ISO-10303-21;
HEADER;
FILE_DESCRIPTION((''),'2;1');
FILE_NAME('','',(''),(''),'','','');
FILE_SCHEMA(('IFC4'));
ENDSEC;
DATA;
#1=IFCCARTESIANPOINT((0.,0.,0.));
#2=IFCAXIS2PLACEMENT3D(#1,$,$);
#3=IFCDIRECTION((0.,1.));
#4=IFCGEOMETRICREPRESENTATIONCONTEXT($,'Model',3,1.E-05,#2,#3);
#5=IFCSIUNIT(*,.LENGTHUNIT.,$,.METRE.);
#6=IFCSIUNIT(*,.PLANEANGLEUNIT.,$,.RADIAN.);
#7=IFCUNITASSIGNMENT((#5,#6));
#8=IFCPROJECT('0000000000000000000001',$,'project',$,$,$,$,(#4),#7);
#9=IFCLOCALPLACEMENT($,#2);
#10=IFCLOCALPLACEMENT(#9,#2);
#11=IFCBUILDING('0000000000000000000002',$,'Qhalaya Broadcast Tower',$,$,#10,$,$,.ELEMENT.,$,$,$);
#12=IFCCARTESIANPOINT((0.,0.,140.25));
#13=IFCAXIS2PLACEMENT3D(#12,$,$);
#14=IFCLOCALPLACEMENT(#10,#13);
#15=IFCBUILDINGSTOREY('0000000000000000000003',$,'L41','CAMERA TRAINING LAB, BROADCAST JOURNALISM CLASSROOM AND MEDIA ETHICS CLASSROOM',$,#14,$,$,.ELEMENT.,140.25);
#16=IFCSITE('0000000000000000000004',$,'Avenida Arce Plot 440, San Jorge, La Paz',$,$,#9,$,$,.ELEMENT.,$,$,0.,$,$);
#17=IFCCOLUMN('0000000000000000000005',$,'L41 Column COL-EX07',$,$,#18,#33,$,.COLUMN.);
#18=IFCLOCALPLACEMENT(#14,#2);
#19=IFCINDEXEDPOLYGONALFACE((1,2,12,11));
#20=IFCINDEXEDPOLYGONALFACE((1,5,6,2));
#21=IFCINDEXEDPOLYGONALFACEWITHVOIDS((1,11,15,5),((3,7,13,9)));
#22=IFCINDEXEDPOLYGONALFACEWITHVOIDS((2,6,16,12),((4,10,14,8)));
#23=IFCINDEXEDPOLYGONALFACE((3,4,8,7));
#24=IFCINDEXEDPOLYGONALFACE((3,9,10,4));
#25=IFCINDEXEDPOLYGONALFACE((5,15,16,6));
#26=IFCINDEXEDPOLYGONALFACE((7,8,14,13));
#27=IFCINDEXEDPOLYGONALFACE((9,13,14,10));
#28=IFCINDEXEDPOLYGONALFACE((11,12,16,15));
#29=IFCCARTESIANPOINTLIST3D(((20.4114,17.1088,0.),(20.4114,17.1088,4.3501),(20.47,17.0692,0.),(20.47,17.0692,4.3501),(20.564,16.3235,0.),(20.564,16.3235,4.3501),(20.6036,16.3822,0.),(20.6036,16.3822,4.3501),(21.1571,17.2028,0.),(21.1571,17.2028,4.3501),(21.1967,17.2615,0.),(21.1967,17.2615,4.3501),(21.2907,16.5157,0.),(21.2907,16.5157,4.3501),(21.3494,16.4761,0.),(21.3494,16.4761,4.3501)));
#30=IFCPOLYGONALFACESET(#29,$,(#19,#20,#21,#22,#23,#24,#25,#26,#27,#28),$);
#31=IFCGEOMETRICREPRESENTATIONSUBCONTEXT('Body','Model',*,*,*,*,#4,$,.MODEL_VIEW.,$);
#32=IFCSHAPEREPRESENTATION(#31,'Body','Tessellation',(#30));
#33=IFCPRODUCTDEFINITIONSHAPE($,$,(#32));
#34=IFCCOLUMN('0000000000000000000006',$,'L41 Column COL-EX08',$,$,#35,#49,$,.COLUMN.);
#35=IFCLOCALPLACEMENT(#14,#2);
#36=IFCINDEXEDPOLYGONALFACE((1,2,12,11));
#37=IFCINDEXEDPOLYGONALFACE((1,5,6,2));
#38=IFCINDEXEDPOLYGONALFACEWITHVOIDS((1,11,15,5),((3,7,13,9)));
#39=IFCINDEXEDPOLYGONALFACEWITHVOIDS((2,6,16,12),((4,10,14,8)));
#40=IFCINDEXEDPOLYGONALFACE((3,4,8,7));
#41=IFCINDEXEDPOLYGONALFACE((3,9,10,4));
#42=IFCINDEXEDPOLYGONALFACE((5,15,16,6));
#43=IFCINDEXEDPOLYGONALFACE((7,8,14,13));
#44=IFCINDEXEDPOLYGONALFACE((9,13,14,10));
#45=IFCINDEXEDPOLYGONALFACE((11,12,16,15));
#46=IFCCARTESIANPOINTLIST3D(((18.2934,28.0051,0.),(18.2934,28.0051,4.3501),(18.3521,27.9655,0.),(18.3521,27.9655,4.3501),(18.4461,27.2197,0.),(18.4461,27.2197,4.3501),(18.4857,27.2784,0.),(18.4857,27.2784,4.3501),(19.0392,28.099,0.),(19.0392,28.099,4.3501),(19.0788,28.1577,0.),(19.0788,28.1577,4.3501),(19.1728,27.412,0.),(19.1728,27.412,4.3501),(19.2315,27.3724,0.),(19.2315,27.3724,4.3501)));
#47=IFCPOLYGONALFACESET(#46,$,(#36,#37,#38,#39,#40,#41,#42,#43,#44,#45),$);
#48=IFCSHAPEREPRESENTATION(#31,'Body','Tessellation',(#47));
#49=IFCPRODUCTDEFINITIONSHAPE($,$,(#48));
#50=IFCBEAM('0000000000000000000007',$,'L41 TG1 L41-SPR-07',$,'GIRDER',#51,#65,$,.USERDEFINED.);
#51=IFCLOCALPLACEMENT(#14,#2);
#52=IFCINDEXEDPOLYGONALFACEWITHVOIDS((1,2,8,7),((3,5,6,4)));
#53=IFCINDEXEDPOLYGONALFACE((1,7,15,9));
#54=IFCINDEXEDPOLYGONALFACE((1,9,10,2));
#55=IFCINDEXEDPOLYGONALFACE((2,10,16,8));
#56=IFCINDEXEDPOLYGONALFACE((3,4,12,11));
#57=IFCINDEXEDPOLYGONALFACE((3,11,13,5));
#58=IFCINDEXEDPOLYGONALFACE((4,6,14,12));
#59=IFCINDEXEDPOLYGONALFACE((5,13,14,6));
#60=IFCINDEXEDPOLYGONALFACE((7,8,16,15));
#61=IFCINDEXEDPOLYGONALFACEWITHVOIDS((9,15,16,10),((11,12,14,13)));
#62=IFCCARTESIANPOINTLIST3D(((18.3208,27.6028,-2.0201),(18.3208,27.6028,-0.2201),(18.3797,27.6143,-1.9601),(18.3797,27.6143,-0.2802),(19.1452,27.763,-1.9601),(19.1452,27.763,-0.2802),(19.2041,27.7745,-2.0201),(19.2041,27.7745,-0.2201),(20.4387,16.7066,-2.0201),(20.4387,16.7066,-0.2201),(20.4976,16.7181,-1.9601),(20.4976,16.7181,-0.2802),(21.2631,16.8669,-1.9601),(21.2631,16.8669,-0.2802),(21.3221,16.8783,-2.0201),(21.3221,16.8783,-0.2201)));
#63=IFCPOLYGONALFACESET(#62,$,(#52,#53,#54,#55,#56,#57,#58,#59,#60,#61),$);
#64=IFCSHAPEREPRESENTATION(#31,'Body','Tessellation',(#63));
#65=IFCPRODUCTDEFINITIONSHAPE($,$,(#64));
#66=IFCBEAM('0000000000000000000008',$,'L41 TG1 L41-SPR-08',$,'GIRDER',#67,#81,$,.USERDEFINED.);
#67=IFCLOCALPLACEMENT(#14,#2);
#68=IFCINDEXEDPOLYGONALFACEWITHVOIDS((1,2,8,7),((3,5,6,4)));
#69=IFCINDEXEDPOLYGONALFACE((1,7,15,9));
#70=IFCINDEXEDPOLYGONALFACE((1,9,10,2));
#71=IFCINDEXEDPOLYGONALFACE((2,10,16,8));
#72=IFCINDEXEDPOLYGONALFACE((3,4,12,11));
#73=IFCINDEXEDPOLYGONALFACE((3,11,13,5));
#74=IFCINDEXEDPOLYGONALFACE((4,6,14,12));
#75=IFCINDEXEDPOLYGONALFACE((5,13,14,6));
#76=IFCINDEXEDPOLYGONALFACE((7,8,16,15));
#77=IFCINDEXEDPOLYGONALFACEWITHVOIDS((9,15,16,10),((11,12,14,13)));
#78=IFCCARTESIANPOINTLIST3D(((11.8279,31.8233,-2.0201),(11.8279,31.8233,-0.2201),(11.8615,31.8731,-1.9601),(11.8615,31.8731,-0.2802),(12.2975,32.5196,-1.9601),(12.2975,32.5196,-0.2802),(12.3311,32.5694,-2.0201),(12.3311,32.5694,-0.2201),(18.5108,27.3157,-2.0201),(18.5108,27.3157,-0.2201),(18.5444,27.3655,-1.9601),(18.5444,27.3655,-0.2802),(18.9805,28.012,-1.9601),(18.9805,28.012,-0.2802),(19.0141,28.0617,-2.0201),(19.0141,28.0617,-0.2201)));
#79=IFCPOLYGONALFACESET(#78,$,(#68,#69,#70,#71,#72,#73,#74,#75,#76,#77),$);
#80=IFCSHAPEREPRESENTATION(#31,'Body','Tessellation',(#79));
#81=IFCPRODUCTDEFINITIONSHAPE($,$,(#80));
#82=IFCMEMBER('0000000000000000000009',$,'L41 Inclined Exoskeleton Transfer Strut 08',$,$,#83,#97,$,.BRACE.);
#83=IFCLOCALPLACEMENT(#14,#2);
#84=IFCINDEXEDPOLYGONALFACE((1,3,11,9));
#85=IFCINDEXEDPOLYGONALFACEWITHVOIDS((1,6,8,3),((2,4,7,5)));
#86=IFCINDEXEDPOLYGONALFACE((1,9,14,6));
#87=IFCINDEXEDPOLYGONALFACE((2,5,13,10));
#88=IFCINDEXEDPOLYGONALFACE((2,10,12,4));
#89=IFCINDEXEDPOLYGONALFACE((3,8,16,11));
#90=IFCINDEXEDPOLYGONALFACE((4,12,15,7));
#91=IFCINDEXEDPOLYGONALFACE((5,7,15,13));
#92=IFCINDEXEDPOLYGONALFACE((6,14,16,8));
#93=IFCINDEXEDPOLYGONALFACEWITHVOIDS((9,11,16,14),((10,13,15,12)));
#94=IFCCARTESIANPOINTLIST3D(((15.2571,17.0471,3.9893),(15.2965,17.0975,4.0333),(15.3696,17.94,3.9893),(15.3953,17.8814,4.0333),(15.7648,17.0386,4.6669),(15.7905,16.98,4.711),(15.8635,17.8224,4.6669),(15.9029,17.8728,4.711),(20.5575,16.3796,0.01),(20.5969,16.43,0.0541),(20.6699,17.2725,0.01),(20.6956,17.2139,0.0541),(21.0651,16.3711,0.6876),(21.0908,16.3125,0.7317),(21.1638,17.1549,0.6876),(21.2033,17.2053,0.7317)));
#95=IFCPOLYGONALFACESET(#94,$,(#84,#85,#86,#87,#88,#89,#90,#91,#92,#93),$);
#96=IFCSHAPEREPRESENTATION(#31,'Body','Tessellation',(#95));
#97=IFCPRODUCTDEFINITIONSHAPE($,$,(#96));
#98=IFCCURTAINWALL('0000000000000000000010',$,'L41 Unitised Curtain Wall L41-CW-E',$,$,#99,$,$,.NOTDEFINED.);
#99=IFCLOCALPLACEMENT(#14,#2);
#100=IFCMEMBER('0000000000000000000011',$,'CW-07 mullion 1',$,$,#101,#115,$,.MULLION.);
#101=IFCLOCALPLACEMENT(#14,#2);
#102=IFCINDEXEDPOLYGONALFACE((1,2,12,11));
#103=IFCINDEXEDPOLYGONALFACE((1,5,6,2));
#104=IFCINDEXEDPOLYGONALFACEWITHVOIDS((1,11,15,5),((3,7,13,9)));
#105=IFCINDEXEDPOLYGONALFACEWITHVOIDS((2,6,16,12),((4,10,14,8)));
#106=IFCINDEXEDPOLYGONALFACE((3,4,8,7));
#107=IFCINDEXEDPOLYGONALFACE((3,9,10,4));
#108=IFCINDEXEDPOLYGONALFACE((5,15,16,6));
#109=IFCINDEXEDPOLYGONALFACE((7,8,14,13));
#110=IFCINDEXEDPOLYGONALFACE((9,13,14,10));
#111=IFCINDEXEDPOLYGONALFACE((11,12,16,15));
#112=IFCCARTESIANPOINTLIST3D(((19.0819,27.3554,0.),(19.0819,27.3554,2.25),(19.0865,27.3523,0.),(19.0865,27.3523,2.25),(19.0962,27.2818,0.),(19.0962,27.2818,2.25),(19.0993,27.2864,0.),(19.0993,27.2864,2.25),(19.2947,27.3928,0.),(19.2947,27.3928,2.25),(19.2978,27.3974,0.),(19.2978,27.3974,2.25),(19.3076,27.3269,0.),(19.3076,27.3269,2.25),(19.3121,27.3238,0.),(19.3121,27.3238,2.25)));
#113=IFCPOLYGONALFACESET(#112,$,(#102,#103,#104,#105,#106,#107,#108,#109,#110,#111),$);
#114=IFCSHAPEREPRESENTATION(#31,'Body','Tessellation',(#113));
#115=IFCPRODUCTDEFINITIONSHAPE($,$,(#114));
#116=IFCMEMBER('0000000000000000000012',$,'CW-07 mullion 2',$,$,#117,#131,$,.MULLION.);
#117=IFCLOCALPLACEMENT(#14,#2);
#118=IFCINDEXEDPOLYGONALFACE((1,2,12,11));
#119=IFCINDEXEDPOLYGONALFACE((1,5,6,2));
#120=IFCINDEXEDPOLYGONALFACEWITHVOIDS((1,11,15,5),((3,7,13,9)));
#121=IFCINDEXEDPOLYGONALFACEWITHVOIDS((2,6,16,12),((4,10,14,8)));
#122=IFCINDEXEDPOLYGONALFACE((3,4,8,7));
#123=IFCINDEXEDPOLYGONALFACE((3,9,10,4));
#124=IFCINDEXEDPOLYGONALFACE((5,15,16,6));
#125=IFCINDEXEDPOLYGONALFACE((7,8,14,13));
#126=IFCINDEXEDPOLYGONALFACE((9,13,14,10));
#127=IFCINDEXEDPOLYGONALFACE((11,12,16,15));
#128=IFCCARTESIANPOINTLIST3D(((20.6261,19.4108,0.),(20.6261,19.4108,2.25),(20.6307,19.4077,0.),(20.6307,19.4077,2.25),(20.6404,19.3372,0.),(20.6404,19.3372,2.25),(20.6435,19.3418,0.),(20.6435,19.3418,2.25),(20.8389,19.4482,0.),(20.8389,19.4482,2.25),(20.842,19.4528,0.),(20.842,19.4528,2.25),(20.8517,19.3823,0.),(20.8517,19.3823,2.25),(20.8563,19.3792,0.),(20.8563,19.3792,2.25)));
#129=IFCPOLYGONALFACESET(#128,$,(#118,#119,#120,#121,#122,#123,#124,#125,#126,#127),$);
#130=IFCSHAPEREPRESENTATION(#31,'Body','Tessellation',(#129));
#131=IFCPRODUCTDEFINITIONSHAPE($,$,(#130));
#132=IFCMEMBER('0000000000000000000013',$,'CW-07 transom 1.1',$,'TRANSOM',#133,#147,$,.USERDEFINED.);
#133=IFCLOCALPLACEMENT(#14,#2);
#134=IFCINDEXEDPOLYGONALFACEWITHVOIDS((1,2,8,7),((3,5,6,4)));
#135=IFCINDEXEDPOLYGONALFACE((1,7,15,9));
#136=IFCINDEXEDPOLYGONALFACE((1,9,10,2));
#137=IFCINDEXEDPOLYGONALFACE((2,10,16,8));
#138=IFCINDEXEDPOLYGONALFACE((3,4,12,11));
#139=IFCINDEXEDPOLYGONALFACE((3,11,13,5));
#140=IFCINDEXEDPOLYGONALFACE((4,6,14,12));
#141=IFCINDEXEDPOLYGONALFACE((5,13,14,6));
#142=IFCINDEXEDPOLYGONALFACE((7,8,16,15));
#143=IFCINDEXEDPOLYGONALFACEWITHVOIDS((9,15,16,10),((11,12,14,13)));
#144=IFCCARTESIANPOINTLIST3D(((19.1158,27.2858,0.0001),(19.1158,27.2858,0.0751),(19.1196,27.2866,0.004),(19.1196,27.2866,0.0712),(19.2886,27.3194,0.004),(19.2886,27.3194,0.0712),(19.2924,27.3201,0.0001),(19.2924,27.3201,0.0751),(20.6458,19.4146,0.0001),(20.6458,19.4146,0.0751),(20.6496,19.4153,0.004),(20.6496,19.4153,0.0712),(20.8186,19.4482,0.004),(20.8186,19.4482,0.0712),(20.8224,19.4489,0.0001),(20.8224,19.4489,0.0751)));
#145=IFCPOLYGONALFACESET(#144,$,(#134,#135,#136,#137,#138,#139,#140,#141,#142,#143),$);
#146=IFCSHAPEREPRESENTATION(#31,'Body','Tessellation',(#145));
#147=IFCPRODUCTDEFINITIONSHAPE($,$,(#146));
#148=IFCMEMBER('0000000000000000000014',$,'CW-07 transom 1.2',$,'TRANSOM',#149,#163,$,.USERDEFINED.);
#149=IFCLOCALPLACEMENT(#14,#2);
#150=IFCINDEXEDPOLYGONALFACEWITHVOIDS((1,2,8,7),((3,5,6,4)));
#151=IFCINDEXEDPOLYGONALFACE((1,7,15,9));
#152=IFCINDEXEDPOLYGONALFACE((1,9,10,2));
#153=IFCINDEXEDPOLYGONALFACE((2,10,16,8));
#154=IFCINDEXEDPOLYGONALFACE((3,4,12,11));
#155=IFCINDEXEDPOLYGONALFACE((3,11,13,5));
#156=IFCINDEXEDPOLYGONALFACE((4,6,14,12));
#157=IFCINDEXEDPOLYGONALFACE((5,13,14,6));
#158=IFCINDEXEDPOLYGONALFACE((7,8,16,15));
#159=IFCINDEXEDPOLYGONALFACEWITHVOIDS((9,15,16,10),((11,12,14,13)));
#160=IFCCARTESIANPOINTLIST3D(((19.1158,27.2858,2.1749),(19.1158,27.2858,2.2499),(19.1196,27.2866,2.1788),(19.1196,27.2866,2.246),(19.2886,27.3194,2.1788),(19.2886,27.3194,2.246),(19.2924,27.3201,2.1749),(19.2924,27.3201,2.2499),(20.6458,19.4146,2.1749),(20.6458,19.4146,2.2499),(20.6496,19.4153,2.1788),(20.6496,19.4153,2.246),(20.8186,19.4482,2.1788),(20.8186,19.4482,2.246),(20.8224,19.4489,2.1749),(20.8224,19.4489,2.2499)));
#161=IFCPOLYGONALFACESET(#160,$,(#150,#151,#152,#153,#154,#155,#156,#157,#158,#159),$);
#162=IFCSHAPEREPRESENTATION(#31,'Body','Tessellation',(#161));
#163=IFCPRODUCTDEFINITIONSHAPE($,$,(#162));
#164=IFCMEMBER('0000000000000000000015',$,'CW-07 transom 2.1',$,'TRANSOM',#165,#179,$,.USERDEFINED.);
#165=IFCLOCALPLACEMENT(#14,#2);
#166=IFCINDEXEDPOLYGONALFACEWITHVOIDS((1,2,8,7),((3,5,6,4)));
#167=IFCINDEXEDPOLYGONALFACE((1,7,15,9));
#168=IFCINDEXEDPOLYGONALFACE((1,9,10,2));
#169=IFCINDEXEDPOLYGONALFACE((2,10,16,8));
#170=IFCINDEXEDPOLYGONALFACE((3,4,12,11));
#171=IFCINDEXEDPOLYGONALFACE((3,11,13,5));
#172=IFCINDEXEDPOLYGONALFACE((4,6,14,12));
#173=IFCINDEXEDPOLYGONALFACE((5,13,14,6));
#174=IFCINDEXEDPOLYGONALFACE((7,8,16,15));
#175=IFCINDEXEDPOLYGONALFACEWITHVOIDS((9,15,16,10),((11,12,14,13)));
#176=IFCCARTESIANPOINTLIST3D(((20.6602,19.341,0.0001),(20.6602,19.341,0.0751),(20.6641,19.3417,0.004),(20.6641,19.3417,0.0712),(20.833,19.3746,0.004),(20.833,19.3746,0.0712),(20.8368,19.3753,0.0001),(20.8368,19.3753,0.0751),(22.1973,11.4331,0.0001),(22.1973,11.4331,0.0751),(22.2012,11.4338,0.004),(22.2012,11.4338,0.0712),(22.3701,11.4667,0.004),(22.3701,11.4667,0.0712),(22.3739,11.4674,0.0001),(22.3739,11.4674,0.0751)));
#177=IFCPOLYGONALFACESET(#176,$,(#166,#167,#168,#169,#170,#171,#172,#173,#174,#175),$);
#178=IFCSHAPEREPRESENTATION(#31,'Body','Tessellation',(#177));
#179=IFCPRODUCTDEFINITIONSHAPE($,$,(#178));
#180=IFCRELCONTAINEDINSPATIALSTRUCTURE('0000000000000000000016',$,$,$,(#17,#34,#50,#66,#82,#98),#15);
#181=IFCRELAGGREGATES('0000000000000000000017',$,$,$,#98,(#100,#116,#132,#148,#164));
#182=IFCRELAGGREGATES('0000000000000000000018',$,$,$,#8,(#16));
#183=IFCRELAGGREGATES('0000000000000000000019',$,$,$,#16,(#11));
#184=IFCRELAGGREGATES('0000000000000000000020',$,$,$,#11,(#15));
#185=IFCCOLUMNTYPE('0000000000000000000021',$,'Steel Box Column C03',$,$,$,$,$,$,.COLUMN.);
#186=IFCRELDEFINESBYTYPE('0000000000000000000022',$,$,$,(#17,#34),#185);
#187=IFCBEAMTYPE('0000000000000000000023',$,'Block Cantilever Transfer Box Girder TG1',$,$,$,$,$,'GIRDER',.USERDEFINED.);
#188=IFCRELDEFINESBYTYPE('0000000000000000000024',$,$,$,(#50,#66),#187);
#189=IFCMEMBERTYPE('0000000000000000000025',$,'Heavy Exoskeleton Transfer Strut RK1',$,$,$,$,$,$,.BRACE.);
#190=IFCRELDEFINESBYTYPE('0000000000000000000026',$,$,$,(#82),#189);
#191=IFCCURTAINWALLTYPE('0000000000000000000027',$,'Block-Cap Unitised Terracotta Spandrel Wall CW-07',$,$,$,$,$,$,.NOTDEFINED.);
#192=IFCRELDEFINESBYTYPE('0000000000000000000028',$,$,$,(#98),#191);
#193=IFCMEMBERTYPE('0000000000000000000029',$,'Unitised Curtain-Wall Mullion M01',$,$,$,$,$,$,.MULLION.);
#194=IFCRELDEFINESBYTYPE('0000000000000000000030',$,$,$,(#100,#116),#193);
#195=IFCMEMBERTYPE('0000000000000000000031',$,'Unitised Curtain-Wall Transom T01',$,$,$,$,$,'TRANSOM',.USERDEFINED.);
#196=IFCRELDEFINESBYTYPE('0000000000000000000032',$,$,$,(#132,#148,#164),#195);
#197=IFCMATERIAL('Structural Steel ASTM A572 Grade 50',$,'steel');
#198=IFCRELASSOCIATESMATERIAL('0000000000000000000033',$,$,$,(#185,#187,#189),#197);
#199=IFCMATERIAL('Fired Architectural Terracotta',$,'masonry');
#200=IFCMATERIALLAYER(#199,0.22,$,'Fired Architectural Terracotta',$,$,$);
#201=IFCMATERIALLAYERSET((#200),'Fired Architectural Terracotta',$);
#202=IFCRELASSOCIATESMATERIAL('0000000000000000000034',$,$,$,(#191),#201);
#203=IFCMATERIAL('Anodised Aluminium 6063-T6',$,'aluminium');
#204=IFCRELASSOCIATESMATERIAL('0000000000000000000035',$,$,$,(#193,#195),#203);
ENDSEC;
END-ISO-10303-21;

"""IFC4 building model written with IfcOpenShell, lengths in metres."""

from ifc_helpers import new_model, si_unit, direction, frame, origin, origin_2d, place, context, subcontext, project, spatial, hollow_rectangle, extrude, material, layer, layer_set, material_profile, profile_set, type_object, element, aggregate, save


model = new_model("IFC4")

# Units and contexts
model_context = context("Model", 3, precision=1e-05, world=origin(), true_north=direction((0.0, 1.0)))
body_context = subcontext(model_context, "Body", "Model", "MODEL_VIEW")
ifc_project = project(units=[si_unit("LENGTHUNIT", "METRE"), si_unit("PLANEANGLEUNIT", "RADIAN")], contexts=[model_context])

# Site, building, storey
site_placement = place(None, origin())
site = spatial("IfcSite", under=ifc_project, at=site_placement, Name="Avenida Arce Plot 440, San Jorge, La Paz", CompositionType="ELEMENT", RefElevation=0.0)
building_placement = place(site_placement, origin())
building = spatial("IfcBuilding", under=site, at=building_placement, Name="Qhalaya Broadcast Tower", CompositionType="ELEMENT")
storey_placement = place(building_placement, frame((0.0, 0.0, 140.25)))
storey = spatial("IfcBuildingStorey", under=building, at=storey_placement, Name="L41", Description="CAMERA TRAINING LAB, BROADCAST JOURNALISM CLASSROOM AND MEDIA ETHICS CLASSROOM", CompositionType="ELEMENT", Elevation=140.25)

# Columns
ifc_material_1 = material(Name="Structural Steel ASTM A572 Grade 50", Category="steel")
ifc_material_profile_1 = material_profile(ifc_material_1, hollow_rectangle(XDim=0.8, YDim=0.8, WallThickness=0.05, at=origin_2d()), Name="BOX 800x800x50")
ifc_profile_set_1 = profile_set([ifc_material_profile_1], Name="Structural Steel ASTM A572 Grade 50")
column_type = type_object("IfcColumnType", Name="Steel Box Column C03", PredefinedType="COLUMN", material=ifc_profile_set_1)
for number, where, z_axis, x_axis, name in (
    (1, (20.8804, 16.7925, 0.0), (0.0, 0.0, 1.0), (-0.190809, 0.981627, 0.0), "L41 Column COL-EX07"),
    (2, (18.7625, 27.6887, 0.0), (0.0, 0.0, 1.0), (-0.190809, 0.981627, 0.0), "L41 Column COL-EX08"),
):
    element("IfcColumn", number, at=place(storey_placement, frame(where, z_axis=z_axis, x_axis=x_axis)), inside=storey, type_object=column_type, Name=name, PredefinedType="COLUMN", context=body_context, shape_type="SweptSolid", body=[
        extrude(hollow_rectangle(XDim=0.8, YDim=0.8, WallThickness=0.05, at=origin_2d()), origin(), (0.0, 0.0, 1.0), 4.3501),
    ])

# Beams
ifc_material_profile_2 = material_profile(ifc_material_1, hollow_rectangle(XDim=0.8999, YDim=1.8, WallThickness=0.0601, at=origin_2d()), Name="BOX 900x1800x60")
ifc_profile_set_2 = profile_set([ifc_material_profile_2], Name="Structural Steel ASTM A572 Grade 50")
beam_type = type_object("IfcBeamType", Name="Block Cantilever Transfer Box Girder TG1", ElementType="GIRDER", PredefinedType="USERDEFINED", material=ifc_profile_set_2)
beam_1_placement = place(storey_placement, frame((20.8804, 16.7925, -1.1201), z_axis=(-0.190801, 0.981629, 0.0), x_axis=(-0.981629, -0.190801, 0.0)))
element("IfcBeam", 3, at=beam_1_placement, inside=storey, type_object=beam_type, Name="L41 TG1 L41-SPR-07", ObjectType="GIRDER", PredefinedType="USERDEFINED", context=body_context, shape_type="SweptSolid", body=[
    extrude(hollow_rectangle(XDim=0.8999, YDim=1.8, WallThickness=0.0601, at=origin_2d()), origin(), (0.0, 0.0, 1.0), 11.1001),
])
beam_2_placement = place(storey_placement, frame((18.7625, 27.6887, -1.1201), z_axis=(-0.829042, 0.559186, 0.0), x_axis=(-0.559186, -0.829042, 0.0)))
element("IfcBeam", 4, at=beam_2_placement, inside=storey, type_object=beam_type, Name="L41 TG1 L41-SPR-08", ObjectType="GIRDER", PredefinedType="USERDEFINED", context=body_context, shape_type="SweptSolid", body=[
    extrude(hollow_rectangle(XDim=0.8999, YDim=1.8, WallThickness=0.0601, at=origin_2d()), origin(), (0.0, 0.0, 1.0), 8.061),
])

# Member
ifc_material_profile_3 = material_profile(ifc_material_1, hollow_rectangle(XDim=0.8999, YDim=0.8999, WallThickness=0.0549, at=origin_2d()), Name="BOX 900x900x55")
ifc_profile_set_3 = profile_set([ifc_material_profile_3], Name="Structural Steel ASTM A572 Grade 50")
member_type_1 = type_object("IfcMemberType", Name="Heavy Exoskeleton Transfer Strut RK1", PredefinedType="BRACE", material=ifc_profile_set_3)
member_1_placement = place(storey_placement, frame((20.8804, 16.7925, 0.3708), z_axis=(-0.795683, 0.100203, 0.597367), x_axis=(-0.124946, -0.992164, 0.0)))
element("IfcMember", 5, at=member_1_placement, inside=storey, type_object=member_type_1, Name="L41 Inclined Exoskeleton Transfer Strut 08", PredefinedType="BRACE", context=body_context, shape_type="SweptSolid", body=[
    extrude(hollow_rectangle(XDim=0.8999, YDim=0.8999, WallThickness=0.0549, at=origin_2d()), origin(), (0.0, 0.0, 1.0), 6.6614),
])

# Curtain wall, members
ifc_material_2 = material(Name="Fired Architectural Terracotta", Category="masonry")
ifc_layer_1 = layer(ifc_material_2, 0.22, Name="Fired Architectural Terracotta")
ifc_layer_set_1 = layer_set([ifc_layer_1], Name="Fired Architectural Terracotta")
curtain_wall_type = type_object("IfcCurtainWallType", Name="Block-Cap Unitised Terracotta Spandrel Wall CW-07", PredefinedType="NOTDEFINED", material=ifc_layer_set_1)
curtain_wall_placement = place(storey_placement, origin())
curtain_wall = element("IfcCurtainWall", 6, at=curtain_wall_placement, inside=storey, type_object=curtain_wall_type, Name="L41 Unitised Curtain Wall L41-CW-E", PredefinedType="NOTDEFINED")
ifc_material_3 = material(Name="Anodised Aluminium 6063-T6", Category="aluminium")
ifc_material_profile_4 = material_profile(ifc_material_3, hollow_rectangle(XDim=0.075, YDim=0.22, WallThickness=0.0039, at=origin_2d()), Name="ALU-MUL 75x220x4")
ifc_profile_set_4 = profile_set([ifc_material_profile_4], Name="Anodised Aluminium 6063-T6")
member_type_2 = type_object("IfcMemberType", Name="Unitised Curtain-Wall Mullion M01", PredefinedType="MULLION", material=ifc_profile_set_4)
member_2_placement = place(storey_placement, frame((19.197, 27.3396, 0.0), z_axis=(0.0, 0.0, 1.0), x_axis=(0.19081, -0.981627, 0.0)))
member_2 = element("IfcMember", 7, at=member_2_placement, type_object=member_type_2, Name="CW-07 mullion 1", PredefinedType="MULLION", context=body_context, shape_type="SweptSolid", body=[
    extrude(hollow_rectangle(XDim=0.075, YDim=0.22, WallThickness=0.0039, at=origin_2d()), origin(), (0.0, 0.0, 1.0), 2.25),
])
member_3_placement = place(storey_placement, frame((20.7412, 19.395, 0.0), z_axis=(0.0, 0.0, 1.0), x_axis=(0.19081, -0.981627, 0.0)))
member_3 = element("IfcMember", 8, at=member_3_placement, type_object=member_type_2, Name="CW-07 mullion 2", PredefinedType="MULLION", context=body_context, shape_type="SweptSolid", body=[
    extrude(hollow_rectangle(XDim=0.075, YDim=0.22, WallThickness=0.0039, at=origin_2d()), origin(), (0.0, 0.0, 1.0), 2.25),
])
ifc_material_profile_5 = material_profile(ifc_material_3, hollow_rectangle(XDim=0.075, YDim=0.1799, WallThickness=0.0039, at=origin_2d()), Name="ALU-TRN 75x180x4")
ifc_profile_set_5 = profile_set([ifc_material_profile_5], Name="Anodised Aluminium 6063-T6")
member_type_3 = type_object("IfcMemberType", Name="Unitised Curtain-Wall Transom T01", ElementType="TRANSOM", PredefinedType="USERDEFINED", material=ifc_profile_set_5)
member_4_placement = place(storey_placement, frame((19.2041, 27.303, 0.0376), z_axis=(0.190809, -0.981627, 0.0), x_axis=(0.0, 0.0, 1.0)))
member_4 = element("IfcMember", 9, at=member_4_placement, type_object=member_type_3, Name="CW-07 transom 1.1", ObjectType="TRANSOM", PredefinedType="USERDEFINED", context=body_context, shape_type="SweptSolid", body=[
    extrude(hollow_rectangle(XDim=0.075, YDim=0.1799, WallThickness=0.0039, at=origin_2d()), origin(), (0.0, 0.0, 1.0), 8.0186),
])
member_5_placement = place(storey_placement, frame((19.2041, 27.303, 2.2124), z_axis=(0.190809, -0.981627, 0.0), x_axis=(0.0, 0.0, 1.0)))
member_5 = element("IfcMember", 10, at=member_5_placement, type_object=member_type_3, Name="CW-07 transom 1.2", ObjectType="TRANSOM", PredefinedType="USERDEFINED", context=body_context, shape_type="SweptSolid", body=[
    extrude(hollow_rectangle(XDim=0.075, YDim=0.1799, WallThickness=0.0039, at=origin_2d()), origin(), (0.0, 0.0, 1.0), 8.0186),
])
member_6_placement = place(storey_placement, frame((20.7485, 19.3582, 0.0376), z_axis=(0.190804, -0.981628, 0.0), x_axis=(0.0, 0.0, 1.0)))
member_6 = element("IfcMember", 11, at=member_6_placement, type_object=member_type_3, Name="CW-07 transom 2.1", ObjectType="TRANSOM", PredefinedType="USERDEFINED", context=body_context, shape_type="SweptSolid", body=[
    extrude(hollow_rectangle(XDim=0.075, YDim=0.1799, WallThickness=0.0039, at=origin_2d()), origin(), (0.0, 0.0, 1.0), 8.0559),
])

aggregate(curtain_wall, [member_2, member_3, member_4, member_5, member_6])

save(model, "model.ifc")
